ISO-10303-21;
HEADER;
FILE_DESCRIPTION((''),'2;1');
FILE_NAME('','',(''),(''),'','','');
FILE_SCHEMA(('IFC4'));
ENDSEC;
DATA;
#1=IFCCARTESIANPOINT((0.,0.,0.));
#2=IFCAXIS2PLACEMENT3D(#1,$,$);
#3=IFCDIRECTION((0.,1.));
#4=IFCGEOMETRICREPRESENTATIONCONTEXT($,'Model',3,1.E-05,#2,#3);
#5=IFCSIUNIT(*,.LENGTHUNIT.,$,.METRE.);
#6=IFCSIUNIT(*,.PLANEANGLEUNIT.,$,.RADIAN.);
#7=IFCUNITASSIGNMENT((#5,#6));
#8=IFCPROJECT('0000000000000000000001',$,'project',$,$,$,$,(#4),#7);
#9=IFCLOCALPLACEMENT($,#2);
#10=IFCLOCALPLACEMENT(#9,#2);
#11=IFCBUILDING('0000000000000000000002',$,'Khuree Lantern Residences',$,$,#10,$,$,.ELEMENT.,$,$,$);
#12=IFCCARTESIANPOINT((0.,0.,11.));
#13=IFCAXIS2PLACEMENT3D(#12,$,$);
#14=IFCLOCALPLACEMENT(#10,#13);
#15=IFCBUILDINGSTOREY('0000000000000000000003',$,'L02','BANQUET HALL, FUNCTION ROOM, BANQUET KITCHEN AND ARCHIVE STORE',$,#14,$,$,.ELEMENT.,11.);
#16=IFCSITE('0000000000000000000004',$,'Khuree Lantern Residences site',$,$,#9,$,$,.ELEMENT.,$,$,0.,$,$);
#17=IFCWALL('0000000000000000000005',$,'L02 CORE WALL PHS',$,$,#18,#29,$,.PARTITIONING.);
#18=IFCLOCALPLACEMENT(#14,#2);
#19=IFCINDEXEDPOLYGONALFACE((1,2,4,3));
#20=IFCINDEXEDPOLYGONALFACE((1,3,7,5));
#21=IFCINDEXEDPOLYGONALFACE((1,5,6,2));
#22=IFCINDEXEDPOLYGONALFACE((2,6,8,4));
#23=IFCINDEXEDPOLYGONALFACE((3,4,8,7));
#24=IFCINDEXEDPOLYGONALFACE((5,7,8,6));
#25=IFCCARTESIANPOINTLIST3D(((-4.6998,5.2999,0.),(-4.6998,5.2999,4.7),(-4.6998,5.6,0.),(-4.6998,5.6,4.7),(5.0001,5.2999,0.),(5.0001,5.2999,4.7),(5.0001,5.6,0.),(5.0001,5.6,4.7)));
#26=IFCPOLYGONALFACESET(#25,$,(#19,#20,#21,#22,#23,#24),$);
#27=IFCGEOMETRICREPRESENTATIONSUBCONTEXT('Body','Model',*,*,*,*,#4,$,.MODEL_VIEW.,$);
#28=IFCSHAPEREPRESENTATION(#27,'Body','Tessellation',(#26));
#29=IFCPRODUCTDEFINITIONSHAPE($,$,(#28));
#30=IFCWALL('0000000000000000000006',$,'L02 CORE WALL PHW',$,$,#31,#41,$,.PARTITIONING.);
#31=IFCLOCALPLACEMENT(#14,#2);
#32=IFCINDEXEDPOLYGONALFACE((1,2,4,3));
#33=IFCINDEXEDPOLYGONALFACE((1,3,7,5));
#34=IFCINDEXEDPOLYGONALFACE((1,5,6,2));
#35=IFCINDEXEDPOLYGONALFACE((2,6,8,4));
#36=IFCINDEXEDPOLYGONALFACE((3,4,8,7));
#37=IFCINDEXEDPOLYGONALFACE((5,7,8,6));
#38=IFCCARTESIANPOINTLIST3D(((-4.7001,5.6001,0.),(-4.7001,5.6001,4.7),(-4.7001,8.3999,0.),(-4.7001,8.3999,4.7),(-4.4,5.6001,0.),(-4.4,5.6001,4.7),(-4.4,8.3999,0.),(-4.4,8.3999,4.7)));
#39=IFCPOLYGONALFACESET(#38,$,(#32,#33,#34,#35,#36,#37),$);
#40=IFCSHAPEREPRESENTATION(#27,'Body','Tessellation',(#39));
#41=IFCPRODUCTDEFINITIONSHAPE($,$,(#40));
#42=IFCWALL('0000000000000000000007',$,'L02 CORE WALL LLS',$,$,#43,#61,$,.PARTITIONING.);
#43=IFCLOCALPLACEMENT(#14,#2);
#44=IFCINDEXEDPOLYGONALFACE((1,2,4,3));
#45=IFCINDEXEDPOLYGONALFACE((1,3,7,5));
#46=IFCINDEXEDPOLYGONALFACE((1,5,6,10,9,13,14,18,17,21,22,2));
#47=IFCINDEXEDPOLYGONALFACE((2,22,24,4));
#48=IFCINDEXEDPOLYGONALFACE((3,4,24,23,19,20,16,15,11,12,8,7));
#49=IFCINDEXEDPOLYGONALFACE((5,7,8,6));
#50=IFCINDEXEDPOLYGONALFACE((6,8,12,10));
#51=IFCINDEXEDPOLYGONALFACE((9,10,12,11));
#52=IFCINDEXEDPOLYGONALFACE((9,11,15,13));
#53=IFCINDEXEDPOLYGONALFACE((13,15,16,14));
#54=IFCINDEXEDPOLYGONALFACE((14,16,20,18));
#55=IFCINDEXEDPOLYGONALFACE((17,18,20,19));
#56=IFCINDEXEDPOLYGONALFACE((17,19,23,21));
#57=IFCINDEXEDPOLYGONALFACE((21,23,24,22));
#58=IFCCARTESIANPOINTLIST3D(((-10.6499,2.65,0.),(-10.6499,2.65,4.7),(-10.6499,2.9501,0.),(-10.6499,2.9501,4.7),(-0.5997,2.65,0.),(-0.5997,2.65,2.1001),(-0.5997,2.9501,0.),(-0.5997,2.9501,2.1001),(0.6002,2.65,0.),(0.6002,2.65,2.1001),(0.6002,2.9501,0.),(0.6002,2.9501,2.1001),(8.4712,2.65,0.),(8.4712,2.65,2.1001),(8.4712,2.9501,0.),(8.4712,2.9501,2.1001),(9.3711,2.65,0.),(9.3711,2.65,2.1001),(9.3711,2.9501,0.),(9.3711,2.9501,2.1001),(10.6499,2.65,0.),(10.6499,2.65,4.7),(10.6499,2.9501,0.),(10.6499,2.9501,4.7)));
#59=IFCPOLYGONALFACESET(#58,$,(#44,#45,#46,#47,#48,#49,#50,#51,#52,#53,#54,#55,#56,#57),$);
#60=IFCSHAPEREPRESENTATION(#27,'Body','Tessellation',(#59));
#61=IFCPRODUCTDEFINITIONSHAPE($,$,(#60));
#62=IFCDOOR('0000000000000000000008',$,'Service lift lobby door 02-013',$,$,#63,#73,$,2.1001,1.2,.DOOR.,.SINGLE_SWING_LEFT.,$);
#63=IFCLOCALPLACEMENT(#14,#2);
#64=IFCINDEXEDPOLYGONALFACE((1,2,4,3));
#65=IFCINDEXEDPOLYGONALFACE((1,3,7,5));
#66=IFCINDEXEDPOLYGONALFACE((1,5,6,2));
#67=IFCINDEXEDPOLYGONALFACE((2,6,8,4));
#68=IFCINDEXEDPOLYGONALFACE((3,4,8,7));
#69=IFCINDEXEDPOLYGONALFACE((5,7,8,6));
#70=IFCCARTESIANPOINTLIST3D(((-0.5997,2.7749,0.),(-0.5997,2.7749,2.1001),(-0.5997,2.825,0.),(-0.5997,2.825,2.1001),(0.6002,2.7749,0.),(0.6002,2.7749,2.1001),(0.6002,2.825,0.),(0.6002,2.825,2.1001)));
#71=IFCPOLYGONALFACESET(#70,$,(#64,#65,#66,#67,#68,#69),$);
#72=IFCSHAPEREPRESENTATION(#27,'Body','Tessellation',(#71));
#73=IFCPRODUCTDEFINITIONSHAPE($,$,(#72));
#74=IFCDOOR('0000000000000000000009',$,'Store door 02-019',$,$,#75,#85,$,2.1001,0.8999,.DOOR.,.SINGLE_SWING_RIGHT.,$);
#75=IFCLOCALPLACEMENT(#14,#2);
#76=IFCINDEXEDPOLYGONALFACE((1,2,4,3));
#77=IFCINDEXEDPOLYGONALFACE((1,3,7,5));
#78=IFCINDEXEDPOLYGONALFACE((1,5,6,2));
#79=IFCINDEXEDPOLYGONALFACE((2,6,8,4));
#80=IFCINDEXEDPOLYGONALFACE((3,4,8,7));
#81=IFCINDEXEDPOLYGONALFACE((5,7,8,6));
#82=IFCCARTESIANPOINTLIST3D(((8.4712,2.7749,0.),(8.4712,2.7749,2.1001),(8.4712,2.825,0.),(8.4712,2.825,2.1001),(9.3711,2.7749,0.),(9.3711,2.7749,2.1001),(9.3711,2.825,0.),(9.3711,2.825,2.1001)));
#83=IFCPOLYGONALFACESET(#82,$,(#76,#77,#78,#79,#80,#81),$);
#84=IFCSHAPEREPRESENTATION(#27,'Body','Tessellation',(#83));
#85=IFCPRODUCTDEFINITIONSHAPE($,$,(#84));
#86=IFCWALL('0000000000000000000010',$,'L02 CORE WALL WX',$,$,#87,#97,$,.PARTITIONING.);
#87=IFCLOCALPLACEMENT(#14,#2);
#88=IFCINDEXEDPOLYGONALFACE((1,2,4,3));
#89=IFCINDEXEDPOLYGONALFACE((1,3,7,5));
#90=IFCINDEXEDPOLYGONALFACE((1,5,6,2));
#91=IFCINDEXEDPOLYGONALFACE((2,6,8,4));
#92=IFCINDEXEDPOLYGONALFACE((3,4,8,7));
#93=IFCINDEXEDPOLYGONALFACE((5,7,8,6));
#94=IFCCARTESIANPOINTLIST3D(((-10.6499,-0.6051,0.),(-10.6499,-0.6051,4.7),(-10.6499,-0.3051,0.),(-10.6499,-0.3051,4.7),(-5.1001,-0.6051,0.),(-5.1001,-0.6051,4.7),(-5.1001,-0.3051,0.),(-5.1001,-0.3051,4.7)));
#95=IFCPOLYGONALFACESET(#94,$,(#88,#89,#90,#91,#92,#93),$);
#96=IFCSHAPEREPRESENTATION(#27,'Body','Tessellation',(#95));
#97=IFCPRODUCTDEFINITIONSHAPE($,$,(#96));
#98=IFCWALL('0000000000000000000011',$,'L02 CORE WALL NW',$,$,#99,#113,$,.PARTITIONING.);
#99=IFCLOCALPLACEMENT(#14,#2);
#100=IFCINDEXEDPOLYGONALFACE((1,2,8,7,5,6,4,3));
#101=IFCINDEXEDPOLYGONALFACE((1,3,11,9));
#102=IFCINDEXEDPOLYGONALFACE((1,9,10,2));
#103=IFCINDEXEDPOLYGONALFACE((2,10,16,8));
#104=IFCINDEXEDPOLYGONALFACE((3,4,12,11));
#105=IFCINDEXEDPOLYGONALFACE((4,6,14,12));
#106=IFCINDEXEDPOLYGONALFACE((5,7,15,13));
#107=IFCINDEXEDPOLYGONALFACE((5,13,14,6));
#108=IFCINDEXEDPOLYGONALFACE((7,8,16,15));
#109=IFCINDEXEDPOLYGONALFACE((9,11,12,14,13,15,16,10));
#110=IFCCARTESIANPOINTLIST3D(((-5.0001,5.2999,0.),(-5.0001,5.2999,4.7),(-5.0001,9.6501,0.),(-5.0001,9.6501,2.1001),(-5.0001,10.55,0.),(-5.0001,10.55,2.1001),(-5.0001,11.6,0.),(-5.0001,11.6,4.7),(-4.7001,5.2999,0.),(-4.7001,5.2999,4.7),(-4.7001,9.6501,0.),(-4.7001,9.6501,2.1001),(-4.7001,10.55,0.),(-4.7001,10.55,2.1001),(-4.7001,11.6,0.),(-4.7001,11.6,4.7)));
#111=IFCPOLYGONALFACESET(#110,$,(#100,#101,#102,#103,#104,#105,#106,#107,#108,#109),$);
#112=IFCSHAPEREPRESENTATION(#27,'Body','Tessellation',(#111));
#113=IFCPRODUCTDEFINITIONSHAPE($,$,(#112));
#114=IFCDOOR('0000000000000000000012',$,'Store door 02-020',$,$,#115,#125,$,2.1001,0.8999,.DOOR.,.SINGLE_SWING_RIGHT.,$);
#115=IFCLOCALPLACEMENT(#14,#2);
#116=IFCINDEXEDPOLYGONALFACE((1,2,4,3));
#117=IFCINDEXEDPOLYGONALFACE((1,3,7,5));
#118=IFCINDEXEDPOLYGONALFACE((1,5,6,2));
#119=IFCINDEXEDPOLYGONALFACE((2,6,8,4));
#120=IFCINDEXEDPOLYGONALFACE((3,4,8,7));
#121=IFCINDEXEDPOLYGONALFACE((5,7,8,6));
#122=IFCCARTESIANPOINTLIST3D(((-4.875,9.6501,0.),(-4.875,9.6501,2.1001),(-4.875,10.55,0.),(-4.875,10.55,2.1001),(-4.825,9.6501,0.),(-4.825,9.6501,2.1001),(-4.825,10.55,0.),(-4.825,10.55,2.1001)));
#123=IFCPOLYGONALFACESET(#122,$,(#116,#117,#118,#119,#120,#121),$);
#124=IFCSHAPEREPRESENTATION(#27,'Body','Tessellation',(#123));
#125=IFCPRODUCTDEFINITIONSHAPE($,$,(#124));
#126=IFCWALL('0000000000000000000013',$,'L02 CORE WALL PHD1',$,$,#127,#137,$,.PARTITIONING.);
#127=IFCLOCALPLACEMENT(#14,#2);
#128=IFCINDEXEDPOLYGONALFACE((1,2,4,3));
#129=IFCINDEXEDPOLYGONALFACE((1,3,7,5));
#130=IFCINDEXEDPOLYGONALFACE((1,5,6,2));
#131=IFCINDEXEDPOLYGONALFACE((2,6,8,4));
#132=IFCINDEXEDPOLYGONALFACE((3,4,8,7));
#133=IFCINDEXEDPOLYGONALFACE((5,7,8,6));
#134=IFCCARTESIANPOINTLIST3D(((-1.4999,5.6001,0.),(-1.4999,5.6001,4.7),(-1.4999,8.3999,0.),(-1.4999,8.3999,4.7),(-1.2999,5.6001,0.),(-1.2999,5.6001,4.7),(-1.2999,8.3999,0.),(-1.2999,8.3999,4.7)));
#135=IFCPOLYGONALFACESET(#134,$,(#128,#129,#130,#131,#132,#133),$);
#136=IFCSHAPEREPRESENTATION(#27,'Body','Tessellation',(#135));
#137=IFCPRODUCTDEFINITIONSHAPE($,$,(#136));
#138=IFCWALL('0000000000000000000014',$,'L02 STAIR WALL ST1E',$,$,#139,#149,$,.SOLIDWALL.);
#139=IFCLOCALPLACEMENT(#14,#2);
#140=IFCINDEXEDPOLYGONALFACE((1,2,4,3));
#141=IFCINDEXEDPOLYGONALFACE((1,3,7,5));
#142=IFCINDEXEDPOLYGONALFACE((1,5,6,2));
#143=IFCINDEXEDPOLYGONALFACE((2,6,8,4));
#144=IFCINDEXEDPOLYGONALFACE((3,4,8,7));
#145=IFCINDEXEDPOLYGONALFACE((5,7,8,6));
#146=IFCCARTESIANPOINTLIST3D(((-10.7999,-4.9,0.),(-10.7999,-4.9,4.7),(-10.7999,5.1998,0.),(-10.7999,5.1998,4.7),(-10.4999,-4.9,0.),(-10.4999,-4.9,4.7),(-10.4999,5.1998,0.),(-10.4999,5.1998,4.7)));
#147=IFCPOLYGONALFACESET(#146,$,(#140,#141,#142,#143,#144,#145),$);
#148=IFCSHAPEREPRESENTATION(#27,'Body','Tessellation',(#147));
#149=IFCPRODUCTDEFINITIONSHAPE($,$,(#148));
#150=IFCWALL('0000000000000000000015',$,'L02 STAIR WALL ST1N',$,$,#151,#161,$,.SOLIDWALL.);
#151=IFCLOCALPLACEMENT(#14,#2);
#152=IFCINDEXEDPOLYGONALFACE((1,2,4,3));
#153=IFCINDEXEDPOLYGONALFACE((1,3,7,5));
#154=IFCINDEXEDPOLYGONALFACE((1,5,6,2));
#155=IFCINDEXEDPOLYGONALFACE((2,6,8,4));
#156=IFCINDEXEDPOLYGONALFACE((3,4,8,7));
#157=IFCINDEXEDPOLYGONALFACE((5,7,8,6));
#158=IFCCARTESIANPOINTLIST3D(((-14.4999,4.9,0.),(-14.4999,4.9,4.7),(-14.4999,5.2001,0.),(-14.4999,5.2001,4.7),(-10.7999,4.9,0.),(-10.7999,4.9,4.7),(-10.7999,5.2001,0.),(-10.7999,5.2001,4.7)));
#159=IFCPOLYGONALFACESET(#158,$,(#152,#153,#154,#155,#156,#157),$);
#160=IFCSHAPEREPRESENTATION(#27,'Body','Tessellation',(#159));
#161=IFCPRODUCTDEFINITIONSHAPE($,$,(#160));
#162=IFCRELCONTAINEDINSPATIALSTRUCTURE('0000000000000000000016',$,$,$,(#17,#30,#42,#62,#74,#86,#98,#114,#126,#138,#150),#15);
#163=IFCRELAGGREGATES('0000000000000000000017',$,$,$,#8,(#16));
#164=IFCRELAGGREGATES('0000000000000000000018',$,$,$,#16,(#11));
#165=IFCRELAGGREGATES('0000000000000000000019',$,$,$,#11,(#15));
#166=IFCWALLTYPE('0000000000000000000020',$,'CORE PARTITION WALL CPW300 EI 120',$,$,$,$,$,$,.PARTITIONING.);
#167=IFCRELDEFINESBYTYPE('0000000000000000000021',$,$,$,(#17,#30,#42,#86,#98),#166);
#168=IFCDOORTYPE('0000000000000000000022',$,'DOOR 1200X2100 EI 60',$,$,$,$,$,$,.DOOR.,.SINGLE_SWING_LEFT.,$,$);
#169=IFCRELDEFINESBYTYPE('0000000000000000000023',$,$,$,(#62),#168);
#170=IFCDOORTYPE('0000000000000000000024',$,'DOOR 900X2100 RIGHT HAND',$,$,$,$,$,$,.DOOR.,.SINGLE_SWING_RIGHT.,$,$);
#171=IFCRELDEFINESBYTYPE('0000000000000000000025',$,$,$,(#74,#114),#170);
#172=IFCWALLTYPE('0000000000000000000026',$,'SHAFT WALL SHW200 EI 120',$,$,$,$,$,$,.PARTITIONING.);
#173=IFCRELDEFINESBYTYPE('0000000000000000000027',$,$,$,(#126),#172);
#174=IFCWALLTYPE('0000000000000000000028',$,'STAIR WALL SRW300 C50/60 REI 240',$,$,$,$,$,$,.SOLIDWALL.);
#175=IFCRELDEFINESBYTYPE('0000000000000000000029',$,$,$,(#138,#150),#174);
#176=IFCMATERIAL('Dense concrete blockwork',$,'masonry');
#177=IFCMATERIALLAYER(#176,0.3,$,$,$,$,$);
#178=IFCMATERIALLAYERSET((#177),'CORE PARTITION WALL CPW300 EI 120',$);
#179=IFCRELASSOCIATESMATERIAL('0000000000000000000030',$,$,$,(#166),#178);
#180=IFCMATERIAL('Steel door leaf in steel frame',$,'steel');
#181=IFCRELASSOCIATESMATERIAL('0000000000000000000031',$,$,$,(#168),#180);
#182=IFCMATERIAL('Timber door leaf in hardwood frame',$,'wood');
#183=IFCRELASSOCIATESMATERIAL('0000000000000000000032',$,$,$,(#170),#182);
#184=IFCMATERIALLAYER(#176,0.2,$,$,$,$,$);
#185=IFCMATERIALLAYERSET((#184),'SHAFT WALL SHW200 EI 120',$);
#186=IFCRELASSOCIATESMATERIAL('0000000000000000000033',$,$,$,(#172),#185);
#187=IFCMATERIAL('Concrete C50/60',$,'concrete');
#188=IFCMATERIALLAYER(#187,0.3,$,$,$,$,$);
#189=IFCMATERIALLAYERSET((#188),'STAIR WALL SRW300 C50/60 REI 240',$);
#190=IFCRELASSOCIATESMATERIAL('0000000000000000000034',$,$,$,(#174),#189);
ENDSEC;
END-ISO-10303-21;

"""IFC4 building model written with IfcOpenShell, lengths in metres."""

from ifc_helpers import new_model, si_unit, direction, frame, frame_2d, origin, place, context, subcontext, project, spatial, rectangle, extrude, material, layer, layer_set, type_object, element, fill, save


model = new_model("IFC4")

# Units and contexts
model_context = context("Model", 3, precision=1e-05, world=origin(), true_north=direction((0.0, 1.0)))
body_context = subcontext(model_context, "Body", "Model", "MODEL_VIEW")
ifc_project = project(units=[si_unit("LENGTHUNIT", "METRE"), si_unit("PLANEANGLEUNIT", "RADIAN")], contexts=[model_context])

# Site, building, storey
site_placement = place(None, origin())
site = spatial("IfcSite", under=ifc_project, at=site_placement, Name="Khuree Lantern Residences site", CompositionType="ELEMENT", RefElevation=0.0)
building_placement = place(site_placement, origin())
building = spatial("IfcBuilding", under=site, at=building_placement, Name="Khuree Lantern Residences", CompositionType="ELEMENT")
storey_placement = place(building_placement, frame((0.0, 0.0, 11.0)))
storey = spatial("IfcBuildingStorey", under=building, at=storey_placement, Name="L02", Description="BANQUET HALL, FUNCTION ROOM, BANQUET KITCHEN AND ARCHIVE STORE", CompositionType="ELEMENT", Elevation=11.0)

# Walls
ifc_material_1 = material(Name="Dense concrete blockwork", Category="masonry")
ifc_layer_1 = layer(ifc_material_1, 0.3)
ifc_layer_set_1 = layer_set([ifc_layer_1], Name="CORE PARTITION WALL CPW300 EI 120")
wall_type_1 = type_object("IfcWallType", Name="CORE PARTITION WALL CPW300 EI 120", PredefinedType="PARTITIONING", material=ifc_layer_set_1)
wall_1_placement = place(storey_placement, frame((-4.7, 5.45, 0.0), z_axis=(0.0, 0.0, 1.0), x_axis=(1.0, 0.0, 0.0)))
element("IfcWall", 1, at=wall_1_placement, inside=storey, type_object=wall_type_1, Name="L02 CORE WALL PHS", PredefinedType="PARTITIONING", context=body_context, shape_type="SweptSolid", body=[
    extrude(rectangle(XDim=9.7, YDim=0.3, at=frame_2d((4.8501, 0.0))), origin(), (0.0, 0.0, 1.0), 4.7),
])
wall_2_placement = place(storey_placement, frame((-4.55, 5.6001, 0.0), z_axis=(0.0, 0.0, 1.0), x_axis=(0.0, 1.0, 0.0)))
element("IfcWall", 2, at=wall_2_placement, inside=storey, type_object=wall_type_1, Name="L02 CORE WALL PHW", PredefinedType="PARTITIONING", context=body_context, shape_type="SweptSolid", body=[
    extrude(rectangle(XDim=2.7998, YDim=0.3, at=frame_2d((1.3999, 0.0))), origin(), (0.0, 0.0, 1.0), 4.7),
])

# Wall, openings, doors
wall_3_placement = place(storey_placement, frame((-10.6499, 2.8, 0.0), z_axis=(0.0, 0.0, 1.0), x_axis=(1.0, 0.0, 0.0)))
wall_3 = element("IfcWall", 3, at=wall_3_placement, inside=storey, type_object=wall_type_1, Name="L02 CORE WALL LLS", PredefinedType="PARTITIONING", context=body_context, shape_type="SweptSolid", body=[
    extrude(rectangle(XDim=21.2998, YDim=0.3, at=frame_2d((10.6499, 0.0))), origin(), (0.0, 0.0, 1.0), 4.7),
])
opening_1_placement = place(wall_3_placement, frame((10.05, 0.0, 0.0)))
opening_1 = element("IfcOpeningElement", 4, at=opening_1_placement, cuts=wall_3, PredefinedType="OPENING", context=body_context, shape_type="SweptSolid", body=[
    extrude(rectangle(XDim=1.2, YDim=2.1001, at=frame_2d((0.6001, 1.05))), frame((0.0, 0.1602, 0.0), z_axis=(0.0, -1.0, 0.0), x_axis=(1.0, 0.0, 0.0)), (0.0, 0.0, 1.0), 0.3201),
])
opening_2_placement = place(wall_3_placement, frame((19.1211, 0.0, 0.0)))
opening_2 = element("IfcOpeningElement", 5, at=opening_2_placement, cuts=wall_3, PredefinedType="OPENING", context=body_context, shape_type="SweptSolid", body=[
    extrude(rectangle(XDim=0.8999, YDim=2.1001, at=frame_2d((0.45, 1.05))), frame((0.0, 0.1602, 0.0), z_axis=(0.0, -1.0, 0.0), x_axis=(1.0, 0.0, 0.0)), (0.0, 0.0, 1.0), 0.3201),
])
ifc_material_2 = material(Name="Steel door leaf in steel frame", Category="steel")
door_type_1 = type_object("IfcDoorType", Name="DOOR 1200X2100 EI 60", OperationType="SINGLE_SWING_LEFT", PredefinedType="DOOR", material=ifc_material_2)
door_1_placement = place(opening_1_placement, origin())
door_1 = element("IfcDoor", 6, at=door_1_placement, inside=storey, type_object=door_type_1, Name="Service lift lobby door 02-013", OperationType="SINGLE_SWING_LEFT", OverallHeight=2.1001, OverallWidth=1.2, PredefinedType="DOOR", context=body_context, shape_type="SweptSolid", body=[
    extrude(rectangle(XDim=1.2, YDim=2.1001, at=frame_2d((0.6001, 1.05))), frame((0.0, 0.0249, 0.0), z_axis=(0.0, -1.0, 0.0), x_axis=(1.0, 0.0, 0.0)), (0.0, 0.0, 1.0), 0.05),
])
fill(opening_1, door_1)
ifc_material_3 = material(Name="Timber door leaf in hardwood frame", Category="wood")
door_type_2 = type_object("IfcDoorType", Name="DOOR 900X2100 RIGHT HAND", OperationType="SINGLE_SWING_RIGHT", PredefinedType="DOOR", material=ifc_material_3)
door_2_placement = place(opening_2_placement, origin())
door_2 = element("IfcDoor", 7, at=door_2_placement, inside=storey, type_object=door_type_2, Name="Store door 02-019", OperationType="SINGLE_SWING_RIGHT", OverallHeight=2.1001, OverallWidth=0.8999, PredefinedType="DOOR", context=body_context, shape_type="SweptSolid", body=[
    extrude(rectangle(XDim=0.8999, YDim=2.1001, at=frame_2d((0.45, 1.05))), frame((0.0, 0.0249, 0.0), z_axis=(0.0, -1.0, 0.0), x_axis=(1.0, 0.0, 0.0)), (0.0, 0.0, 1.0), 0.05),
])
fill(opening_2, door_2)

# Wall
wall_4_placement = place(storey_placement, frame((-10.6499, -0.4551, 0.0), z_axis=(0.0, 0.0, 1.0), x_axis=(1.0, 0.0, 0.0)))
element("IfcWall", 8, at=wall_4_placement, inside=storey, type_object=wall_type_1, Name="L02 CORE WALL WX", PredefinedType="PARTITIONING", context=body_context, shape_type="SweptSolid", body=[
    extrude(rectangle(XDim=5.5498, YDim=0.3, at=frame_2d((2.7749, 0.0))), origin(), (0.0, 0.0, 1.0), 4.7),
])

# Wall, opening, door
wall_5_placement = place(storey_placement, frame((-4.8501, 5.3, 0.0), z_axis=(0.0, 0.0, 1.0), x_axis=(0.0, 1.0, 0.0)))
wall_5 = element("IfcWall", 9, at=wall_5_placement, inside=storey, type_object=wall_type_1, Name="L02 CORE WALL NW", PredefinedType="PARTITIONING", context=body_context, shape_type="SweptSolid", body=[
    extrude(rectangle(XDim=6.3, YDim=0.3, at=frame_2d((3.1499, 0.0))), origin(), (0.0, 0.0, 1.0), 4.7),
])
opening_3_placement = place(wall_5_placement, frame((4.3501, 0.0, 0.0)))
opening_3 = element("IfcOpeningElement", 10, at=opening_3_placement, cuts=wall_5, PredefinedType="OPENING", context=body_context, shape_type="SweptSolid", body=[
    extrude(rectangle(XDim=0.8999, YDim=2.1001, at=frame_2d((0.45, 1.05))), frame((0.0, 0.1602, 0.0), z_axis=(0.0, -1.0, 0.0), x_axis=(1.0, 0.0, 0.0)), (0.0, 0.0, 1.0), 0.3201),
])
door_3_placement = place(opening_3_placement, origin())
door_3 = element("IfcDoor", 11, at=door_3_placement, inside=storey, type_object=door_type_2, Name="Store door 02-020", OperationType="SINGLE_SWING_RIGHT", OverallHeight=2.1001, OverallWidth=0.8999, PredefinedType="DOOR", context=body_context, shape_type="SweptSolid", body=[
    extrude(rectangle(XDim=0.8999, YDim=2.1001, at=frame_2d((0.45, 1.05))), frame((0.0, 0.0249, 0.0), z_axis=(0.0, -1.0, 0.0), x_axis=(1.0, 0.0, 0.0)), (0.0, 0.0, 1.0), 0.05),
])
fill(opening_3, door_3)

# Walls
ifc_layer_2 = layer(ifc_material_1, 0.2)
ifc_layer_set_2 = layer_set([ifc_layer_2], Name="SHAFT WALL SHW200 EI 120")
wall_type_2 = type_object("IfcWallType", Name="SHAFT WALL SHW200 EI 120", PredefinedType="PARTITIONING", material=ifc_layer_set_2)
wall_6_placement = place(storey_placement, frame((-1.3999, 5.6001, 0.0), z_axis=(0.0, 0.0, 1.0), x_axis=(0.0, 1.0, 0.0)))
element("IfcWall", 12, at=wall_6_placement, inside=storey, type_object=wall_type_2, Name="L02 CORE WALL PHD1", PredefinedType="PARTITIONING", context=body_context, shape_type="SweptSolid", body=[
    extrude(rectangle(XDim=2.7998, YDim=0.2, at=frame_2d((1.3999, 0.0))), origin(), (0.0, 0.0, 1.0), 4.7),
])
ifc_material_4 = material(Name="Concrete C50/60", Category="concrete")
ifc_layer_3 = layer(ifc_material_4, 0.3)
ifc_layer_set_3 = layer_set([ifc_layer_3], Name="STAIR WALL SRW300 C50/60 REI 240")
wall_type_3 = type_object("IfcWallType", Name="STAIR WALL SRW300 C50/60 REI 240", PredefinedType="SOLIDWALL", material=ifc_layer_set_3)
wall_7_placement = place(storey_placement, frame((-10.6499, -4.8999, 0.0), z_axis=(0.0, 0.0, 1.0), x_axis=(0.0, 1.0, 0.0)))
element("IfcWall", 13, at=wall_7_placement, inside=storey, type_object=wall_type_3, Name="L02 STAIR WALL ST1E", PredefinedType="SOLIDWALL", context=body_context, shape_type="SweptSolid", body=[
    extrude(rectangle(XDim=10.0999, YDim=0.3, at=frame_2d((5.0498, 0.0))), origin(), (0.0, 0.0, 1.0), 4.7),
])
wall_8_placement = place(storey_placement, frame((-14.5, 5.05, 0.0), z_axis=(0.0, 0.0, 1.0), x_axis=(1.0, 0.0, 0.0)))
element("IfcWall", 14, at=wall_8_placement, inside=storey, type_object=wall_type_3, Name="L02 STAIR WALL ST1N", PredefinedType="SOLIDWALL", context=body_context, shape_type="SweptSolid", body=[
    extrude(rectangle(XDim=3.7, YDim=0.3, at=frame_2d((1.8501, 0.0))), origin(), (0.0, 0.0, 1.0), 4.7),
])

save(model, "model.ifc")
